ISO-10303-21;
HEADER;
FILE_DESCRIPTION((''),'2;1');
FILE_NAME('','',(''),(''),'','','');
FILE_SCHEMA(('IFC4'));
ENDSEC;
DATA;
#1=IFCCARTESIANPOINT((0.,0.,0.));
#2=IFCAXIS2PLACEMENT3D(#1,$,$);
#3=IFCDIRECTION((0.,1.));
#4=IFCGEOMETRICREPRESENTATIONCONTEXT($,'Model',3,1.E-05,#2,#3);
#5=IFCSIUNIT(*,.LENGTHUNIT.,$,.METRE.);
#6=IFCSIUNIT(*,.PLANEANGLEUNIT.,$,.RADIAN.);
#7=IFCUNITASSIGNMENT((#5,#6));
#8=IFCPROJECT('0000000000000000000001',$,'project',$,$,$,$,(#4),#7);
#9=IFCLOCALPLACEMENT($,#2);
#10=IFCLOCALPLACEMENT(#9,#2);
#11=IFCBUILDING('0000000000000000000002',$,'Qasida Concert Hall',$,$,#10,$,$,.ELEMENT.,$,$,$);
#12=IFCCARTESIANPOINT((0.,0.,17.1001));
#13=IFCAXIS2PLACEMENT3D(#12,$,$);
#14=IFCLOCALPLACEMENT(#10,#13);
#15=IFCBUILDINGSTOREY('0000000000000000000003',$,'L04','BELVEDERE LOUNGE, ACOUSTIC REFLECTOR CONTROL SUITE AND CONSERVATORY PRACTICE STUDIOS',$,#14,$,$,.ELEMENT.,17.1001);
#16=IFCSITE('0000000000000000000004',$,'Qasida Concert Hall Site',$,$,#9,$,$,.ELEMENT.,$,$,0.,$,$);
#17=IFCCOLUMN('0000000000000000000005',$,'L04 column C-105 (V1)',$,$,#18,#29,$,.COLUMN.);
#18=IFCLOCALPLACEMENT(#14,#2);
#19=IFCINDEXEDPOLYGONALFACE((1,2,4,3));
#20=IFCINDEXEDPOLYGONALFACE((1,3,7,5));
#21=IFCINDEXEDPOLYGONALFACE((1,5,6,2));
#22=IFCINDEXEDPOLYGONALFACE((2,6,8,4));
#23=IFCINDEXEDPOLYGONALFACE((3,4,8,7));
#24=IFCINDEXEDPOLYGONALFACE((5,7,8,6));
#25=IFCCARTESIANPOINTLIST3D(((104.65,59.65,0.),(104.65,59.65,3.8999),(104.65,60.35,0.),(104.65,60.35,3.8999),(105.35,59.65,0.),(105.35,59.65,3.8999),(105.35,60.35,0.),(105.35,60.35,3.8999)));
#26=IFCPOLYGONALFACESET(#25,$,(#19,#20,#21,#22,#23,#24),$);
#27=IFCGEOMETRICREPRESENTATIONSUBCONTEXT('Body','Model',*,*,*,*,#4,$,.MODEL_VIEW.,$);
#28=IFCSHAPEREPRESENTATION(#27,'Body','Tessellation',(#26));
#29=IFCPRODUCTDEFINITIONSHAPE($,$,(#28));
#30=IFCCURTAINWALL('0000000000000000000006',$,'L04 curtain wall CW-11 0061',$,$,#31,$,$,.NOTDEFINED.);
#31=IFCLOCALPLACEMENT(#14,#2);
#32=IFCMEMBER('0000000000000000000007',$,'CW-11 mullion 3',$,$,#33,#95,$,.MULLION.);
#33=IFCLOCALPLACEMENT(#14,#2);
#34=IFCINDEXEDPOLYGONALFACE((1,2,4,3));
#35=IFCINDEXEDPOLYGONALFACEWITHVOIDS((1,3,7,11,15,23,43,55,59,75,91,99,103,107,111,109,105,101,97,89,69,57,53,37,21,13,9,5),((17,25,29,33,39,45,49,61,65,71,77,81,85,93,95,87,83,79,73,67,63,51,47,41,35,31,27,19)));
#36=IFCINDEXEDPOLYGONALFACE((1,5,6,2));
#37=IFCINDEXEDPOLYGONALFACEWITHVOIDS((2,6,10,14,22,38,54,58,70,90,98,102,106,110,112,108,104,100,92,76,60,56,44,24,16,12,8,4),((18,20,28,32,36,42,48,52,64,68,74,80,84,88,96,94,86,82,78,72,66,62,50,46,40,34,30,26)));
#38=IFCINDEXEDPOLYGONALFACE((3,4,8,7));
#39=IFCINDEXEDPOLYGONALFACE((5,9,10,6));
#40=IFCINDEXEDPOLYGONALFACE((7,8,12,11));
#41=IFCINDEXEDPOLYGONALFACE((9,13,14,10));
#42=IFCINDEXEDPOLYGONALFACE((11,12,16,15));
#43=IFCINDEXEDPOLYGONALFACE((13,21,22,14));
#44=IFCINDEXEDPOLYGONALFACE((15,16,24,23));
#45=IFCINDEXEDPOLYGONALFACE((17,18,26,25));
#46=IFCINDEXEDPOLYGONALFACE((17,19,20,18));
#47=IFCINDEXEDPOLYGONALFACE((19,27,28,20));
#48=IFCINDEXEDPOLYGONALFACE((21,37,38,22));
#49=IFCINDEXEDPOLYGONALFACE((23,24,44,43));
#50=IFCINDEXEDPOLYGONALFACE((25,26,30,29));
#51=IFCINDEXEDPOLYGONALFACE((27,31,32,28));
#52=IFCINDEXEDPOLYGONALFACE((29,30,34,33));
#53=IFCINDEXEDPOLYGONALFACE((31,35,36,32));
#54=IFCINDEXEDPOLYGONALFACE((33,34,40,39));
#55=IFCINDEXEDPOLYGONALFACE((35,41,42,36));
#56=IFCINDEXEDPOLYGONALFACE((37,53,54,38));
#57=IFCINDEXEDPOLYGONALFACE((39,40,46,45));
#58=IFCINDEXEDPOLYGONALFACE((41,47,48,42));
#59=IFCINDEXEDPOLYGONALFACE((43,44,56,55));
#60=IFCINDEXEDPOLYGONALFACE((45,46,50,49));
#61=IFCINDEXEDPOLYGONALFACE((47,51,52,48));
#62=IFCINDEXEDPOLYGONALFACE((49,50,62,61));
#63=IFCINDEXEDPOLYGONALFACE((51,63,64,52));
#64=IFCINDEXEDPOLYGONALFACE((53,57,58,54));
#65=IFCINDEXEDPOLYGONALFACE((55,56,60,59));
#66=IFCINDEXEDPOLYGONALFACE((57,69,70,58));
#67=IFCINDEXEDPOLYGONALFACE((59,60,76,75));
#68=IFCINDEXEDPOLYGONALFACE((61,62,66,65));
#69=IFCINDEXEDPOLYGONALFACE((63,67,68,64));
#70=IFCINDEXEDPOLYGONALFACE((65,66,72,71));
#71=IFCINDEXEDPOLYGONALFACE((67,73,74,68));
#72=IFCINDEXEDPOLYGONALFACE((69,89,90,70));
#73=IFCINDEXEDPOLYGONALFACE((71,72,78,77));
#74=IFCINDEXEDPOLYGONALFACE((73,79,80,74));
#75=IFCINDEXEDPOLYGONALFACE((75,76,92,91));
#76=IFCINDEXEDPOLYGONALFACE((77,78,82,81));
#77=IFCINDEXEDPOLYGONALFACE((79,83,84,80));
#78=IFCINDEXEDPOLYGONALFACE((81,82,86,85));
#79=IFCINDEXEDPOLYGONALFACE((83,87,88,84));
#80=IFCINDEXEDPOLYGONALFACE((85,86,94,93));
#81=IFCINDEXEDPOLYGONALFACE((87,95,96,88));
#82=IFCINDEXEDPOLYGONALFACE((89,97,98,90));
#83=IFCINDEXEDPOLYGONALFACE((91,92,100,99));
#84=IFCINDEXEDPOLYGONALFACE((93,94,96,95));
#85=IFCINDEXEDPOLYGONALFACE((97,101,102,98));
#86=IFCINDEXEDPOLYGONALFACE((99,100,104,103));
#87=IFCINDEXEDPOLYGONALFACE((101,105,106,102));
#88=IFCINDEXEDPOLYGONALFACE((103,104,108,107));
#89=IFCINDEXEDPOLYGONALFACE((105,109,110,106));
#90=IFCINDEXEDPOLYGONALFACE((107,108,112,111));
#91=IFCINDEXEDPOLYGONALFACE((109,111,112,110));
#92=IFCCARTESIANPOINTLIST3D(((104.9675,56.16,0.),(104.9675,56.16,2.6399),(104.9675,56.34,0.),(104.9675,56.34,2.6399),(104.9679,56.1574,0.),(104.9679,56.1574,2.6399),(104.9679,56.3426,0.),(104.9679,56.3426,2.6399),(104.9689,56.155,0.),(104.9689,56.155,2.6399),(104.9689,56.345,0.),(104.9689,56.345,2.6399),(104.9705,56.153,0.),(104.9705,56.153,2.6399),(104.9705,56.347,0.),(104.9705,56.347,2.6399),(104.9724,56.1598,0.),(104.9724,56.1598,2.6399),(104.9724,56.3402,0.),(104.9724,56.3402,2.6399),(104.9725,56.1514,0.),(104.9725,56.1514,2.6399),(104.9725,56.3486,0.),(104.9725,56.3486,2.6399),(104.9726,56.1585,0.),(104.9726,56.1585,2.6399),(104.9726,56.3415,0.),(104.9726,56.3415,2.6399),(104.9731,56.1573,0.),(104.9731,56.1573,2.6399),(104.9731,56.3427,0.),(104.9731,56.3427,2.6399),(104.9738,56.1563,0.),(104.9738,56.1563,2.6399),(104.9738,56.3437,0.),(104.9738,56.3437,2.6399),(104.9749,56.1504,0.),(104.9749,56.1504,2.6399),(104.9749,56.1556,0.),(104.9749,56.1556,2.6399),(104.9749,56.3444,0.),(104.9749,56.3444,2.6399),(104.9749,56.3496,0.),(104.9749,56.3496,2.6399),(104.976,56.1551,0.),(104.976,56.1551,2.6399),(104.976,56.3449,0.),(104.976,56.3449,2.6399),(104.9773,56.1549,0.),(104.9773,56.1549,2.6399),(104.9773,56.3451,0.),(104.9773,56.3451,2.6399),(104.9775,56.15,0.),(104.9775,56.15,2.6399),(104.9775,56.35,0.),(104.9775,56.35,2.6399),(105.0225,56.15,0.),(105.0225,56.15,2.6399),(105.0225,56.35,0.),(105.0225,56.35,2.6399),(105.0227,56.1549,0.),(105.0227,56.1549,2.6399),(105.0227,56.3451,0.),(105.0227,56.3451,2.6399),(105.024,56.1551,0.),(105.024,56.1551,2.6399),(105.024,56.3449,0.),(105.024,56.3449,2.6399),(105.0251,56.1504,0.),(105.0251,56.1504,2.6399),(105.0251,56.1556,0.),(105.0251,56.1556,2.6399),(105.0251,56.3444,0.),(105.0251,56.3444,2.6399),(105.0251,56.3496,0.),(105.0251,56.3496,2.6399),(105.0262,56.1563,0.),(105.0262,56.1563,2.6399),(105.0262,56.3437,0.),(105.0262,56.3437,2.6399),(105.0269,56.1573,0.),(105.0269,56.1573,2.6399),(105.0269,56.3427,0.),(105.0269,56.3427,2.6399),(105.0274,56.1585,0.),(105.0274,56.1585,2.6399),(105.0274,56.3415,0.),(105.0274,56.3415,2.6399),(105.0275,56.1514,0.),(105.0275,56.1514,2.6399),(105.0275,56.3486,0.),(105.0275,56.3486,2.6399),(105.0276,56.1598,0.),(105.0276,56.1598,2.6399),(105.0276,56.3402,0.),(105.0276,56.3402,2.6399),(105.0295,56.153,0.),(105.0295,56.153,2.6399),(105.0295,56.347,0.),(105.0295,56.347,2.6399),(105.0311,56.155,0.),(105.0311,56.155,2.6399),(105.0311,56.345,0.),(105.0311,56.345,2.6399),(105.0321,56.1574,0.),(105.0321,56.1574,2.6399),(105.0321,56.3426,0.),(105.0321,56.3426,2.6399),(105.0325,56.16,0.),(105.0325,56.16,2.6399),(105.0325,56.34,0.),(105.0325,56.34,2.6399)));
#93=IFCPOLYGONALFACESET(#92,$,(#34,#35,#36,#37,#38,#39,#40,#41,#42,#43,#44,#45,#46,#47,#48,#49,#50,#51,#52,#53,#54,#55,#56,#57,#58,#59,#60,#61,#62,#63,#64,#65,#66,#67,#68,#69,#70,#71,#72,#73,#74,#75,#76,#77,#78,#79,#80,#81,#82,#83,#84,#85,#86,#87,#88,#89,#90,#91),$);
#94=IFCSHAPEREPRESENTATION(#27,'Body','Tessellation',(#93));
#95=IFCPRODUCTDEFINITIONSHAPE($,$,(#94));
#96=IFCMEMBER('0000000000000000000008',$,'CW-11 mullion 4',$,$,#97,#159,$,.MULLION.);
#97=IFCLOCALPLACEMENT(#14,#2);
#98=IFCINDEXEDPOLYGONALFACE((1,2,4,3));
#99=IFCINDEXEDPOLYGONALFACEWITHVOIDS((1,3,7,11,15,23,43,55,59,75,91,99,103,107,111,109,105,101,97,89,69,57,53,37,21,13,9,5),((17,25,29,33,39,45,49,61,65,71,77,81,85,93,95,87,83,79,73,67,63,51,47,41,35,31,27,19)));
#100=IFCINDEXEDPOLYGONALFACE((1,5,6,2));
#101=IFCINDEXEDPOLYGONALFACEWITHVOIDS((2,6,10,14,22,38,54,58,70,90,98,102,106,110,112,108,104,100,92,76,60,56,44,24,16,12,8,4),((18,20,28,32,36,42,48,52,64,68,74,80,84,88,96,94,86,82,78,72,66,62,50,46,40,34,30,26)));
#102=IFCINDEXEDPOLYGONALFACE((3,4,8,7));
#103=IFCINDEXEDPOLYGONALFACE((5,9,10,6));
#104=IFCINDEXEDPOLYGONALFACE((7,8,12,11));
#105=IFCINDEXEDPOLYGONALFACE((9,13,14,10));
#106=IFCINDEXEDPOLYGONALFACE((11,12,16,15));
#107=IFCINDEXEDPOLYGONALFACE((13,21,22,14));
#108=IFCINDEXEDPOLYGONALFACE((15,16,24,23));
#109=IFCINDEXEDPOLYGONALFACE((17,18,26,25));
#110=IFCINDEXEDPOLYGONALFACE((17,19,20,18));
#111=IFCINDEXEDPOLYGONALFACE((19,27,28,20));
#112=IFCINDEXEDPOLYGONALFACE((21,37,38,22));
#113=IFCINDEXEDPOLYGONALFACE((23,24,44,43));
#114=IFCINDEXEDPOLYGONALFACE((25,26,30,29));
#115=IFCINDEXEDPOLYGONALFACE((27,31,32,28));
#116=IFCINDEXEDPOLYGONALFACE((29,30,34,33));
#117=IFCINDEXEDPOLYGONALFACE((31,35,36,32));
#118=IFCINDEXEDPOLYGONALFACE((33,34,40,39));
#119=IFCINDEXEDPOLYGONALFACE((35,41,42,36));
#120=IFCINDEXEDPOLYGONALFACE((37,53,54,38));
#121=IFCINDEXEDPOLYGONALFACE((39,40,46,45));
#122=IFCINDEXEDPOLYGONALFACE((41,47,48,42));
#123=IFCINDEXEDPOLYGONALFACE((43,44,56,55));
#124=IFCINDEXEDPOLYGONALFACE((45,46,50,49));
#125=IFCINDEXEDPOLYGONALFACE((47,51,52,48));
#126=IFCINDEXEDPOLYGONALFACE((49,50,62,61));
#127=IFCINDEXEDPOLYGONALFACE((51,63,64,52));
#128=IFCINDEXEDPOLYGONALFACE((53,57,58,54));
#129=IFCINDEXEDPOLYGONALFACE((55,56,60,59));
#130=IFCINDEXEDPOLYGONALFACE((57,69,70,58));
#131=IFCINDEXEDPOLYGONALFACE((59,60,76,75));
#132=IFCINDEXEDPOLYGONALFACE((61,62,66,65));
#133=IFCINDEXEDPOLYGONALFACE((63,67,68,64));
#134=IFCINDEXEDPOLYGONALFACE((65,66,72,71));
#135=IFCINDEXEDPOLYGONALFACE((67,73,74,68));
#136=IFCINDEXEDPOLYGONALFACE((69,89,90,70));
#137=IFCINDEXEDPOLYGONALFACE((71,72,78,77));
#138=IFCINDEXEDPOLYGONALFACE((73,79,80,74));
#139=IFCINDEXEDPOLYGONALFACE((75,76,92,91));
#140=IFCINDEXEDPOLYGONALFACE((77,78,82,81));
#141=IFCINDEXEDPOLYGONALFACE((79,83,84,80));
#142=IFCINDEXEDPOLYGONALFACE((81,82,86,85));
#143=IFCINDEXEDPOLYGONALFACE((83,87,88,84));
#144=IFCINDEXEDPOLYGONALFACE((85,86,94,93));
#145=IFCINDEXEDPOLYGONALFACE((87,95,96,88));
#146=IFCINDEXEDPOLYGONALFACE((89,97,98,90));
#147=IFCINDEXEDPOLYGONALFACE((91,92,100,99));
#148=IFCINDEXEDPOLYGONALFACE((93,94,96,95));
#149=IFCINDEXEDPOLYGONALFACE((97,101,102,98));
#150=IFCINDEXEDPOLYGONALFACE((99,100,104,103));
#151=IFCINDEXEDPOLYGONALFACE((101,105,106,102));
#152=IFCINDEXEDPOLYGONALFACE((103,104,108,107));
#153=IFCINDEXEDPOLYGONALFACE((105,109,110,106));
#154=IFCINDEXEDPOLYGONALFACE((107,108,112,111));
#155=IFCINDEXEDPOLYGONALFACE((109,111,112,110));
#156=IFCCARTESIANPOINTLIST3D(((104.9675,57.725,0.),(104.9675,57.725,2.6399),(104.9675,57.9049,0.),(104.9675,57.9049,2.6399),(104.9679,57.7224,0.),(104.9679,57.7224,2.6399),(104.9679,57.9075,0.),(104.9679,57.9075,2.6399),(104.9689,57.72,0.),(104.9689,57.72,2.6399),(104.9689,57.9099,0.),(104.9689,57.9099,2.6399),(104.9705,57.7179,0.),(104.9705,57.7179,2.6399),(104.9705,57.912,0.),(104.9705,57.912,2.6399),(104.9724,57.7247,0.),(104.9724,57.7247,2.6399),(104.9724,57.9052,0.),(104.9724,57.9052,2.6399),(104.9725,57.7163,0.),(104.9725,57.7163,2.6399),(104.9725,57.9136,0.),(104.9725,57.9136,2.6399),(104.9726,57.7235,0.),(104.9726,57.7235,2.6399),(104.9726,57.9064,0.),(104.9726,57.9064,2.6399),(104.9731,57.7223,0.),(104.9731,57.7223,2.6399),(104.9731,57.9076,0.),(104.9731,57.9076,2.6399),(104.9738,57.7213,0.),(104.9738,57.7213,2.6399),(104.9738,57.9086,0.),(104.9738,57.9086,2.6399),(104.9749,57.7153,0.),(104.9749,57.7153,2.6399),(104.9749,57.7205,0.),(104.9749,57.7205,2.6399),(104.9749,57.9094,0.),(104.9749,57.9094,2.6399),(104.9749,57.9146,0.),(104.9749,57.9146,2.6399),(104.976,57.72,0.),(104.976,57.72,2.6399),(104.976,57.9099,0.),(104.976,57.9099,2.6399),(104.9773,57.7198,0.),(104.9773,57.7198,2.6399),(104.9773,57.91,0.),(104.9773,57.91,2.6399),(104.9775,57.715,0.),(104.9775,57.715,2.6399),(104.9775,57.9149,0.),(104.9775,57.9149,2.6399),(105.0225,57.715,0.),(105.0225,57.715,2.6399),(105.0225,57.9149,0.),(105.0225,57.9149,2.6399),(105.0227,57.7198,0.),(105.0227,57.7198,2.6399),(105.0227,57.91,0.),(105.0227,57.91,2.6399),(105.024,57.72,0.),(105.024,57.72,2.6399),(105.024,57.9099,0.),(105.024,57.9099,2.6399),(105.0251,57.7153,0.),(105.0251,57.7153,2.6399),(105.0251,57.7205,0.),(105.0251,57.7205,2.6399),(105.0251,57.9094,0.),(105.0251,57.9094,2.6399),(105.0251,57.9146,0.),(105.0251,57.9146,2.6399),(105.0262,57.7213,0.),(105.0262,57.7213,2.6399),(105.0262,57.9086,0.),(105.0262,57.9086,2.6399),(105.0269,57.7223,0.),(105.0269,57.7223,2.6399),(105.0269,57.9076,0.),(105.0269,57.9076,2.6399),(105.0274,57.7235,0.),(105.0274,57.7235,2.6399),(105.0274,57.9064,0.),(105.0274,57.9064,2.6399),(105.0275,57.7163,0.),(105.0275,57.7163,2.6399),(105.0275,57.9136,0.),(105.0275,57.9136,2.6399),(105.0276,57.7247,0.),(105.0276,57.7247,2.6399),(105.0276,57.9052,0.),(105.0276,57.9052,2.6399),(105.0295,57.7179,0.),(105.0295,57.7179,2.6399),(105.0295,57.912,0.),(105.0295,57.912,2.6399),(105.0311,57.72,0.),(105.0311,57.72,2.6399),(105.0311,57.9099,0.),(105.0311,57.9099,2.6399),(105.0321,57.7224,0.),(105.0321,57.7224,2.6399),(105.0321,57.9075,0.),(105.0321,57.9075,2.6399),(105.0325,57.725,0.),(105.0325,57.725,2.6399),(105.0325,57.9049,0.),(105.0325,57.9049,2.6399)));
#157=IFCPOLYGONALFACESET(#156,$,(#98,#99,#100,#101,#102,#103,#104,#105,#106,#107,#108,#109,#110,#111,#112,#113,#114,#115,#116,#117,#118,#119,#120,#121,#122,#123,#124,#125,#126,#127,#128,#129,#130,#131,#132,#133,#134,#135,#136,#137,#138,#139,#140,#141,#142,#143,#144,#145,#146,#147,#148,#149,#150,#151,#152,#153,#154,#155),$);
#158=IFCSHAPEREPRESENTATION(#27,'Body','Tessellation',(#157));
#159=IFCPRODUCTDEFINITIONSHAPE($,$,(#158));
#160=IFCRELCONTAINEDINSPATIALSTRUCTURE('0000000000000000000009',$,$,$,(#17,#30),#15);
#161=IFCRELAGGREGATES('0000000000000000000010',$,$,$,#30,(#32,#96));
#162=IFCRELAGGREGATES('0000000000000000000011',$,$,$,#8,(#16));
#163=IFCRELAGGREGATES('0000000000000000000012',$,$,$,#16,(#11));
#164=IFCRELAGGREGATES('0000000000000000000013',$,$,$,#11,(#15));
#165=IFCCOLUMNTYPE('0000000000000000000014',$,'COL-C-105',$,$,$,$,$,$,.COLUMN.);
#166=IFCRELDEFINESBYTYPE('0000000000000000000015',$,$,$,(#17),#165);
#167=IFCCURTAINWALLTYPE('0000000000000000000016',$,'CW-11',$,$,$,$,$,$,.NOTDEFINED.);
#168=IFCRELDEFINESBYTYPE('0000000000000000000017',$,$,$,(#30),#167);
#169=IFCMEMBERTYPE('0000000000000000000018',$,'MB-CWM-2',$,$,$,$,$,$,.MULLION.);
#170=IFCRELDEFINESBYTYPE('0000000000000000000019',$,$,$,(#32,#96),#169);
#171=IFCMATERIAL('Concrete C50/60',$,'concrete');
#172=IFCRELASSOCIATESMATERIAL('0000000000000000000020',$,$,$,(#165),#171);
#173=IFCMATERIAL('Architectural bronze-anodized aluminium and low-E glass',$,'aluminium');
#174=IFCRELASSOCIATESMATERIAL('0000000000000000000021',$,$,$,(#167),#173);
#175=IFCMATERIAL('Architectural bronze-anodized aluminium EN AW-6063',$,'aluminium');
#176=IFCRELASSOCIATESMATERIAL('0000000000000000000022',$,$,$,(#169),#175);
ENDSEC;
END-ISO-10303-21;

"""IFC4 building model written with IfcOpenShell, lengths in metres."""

from ifc_helpers import new_model, si_unit, direction, frame, origin, origin_2d, place, context, subcontext, project, spatial, rectangle, hollow_rectangle, extrude, material, material_profile, profile_set, type_object, element, aggregate, save


model = new_model("IFC4")

# Units and contexts
model_context = context("Model", 3, precision=1e-05, world=origin(), true_north=direction((0.0, 1.0)))
body_context = subcontext(model_context, "Body", "Model", "MODEL_VIEW")
ifc_project = project(units=[si_unit("LENGTHUNIT", "METRE"), si_unit("PLANEANGLEUNIT", "RADIAN")], contexts=[model_context])

# Site, building, storey
site_placement = place(None, origin())
site = spatial("IfcSite", under=ifc_project, at=site_placement, Name="Qasida Concert Hall Site", CompositionType="ELEMENT", RefElevation=0.0)
building_placement = place(site_placement, origin())
building = spatial("IfcBuilding", under=site, at=building_placement, Name="Qasida Concert Hall", CompositionType="ELEMENT")
storey_placement = place(building_placement, frame((0.0, 0.0, 17.1001)))
storey = spatial("IfcBuildingStorey", under=building, at=storey_placement, Name="L04", Description="BELVEDERE LOUNGE, ACOUSTIC REFLECTOR CONTROL SUITE AND CONSERVATORY PRACTICE STUDIOS", CompositionType="ELEMENT", Elevation=17.1001)

# Column
ifc_material_1 = material(Name="Concrete C50/60", Category="concrete")
ifc_material_profile_1 = material_profile(ifc_material_1, rectangle(XDim=0.7, YDim=0.7, at=origin_2d()), Name="RC 700x700")
ifc_profile_set_1 = profile_set([ifc_material_profile_1], Name="Concrete C50/60")
column_type = type_object("IfcColumnType", Name="COL-C-105", PredefinedType="COLUMN", material=ifc_profile_set_1)
column_placement = place(storey_placement, frame((105.0, 60.0, 0.0), z_axis=(0.0, 0.0, 1.0), x_axis=(1.0, 0.0, 0.0)))
element("IfcColumn", 1, at=column_placement, inside=storey, type_object=column_type, Name="L04 column C-105 (V1)", PredefinedType="COLUMN", context=body_context, shape_type="SweptSolid", body=[
    extrude(rectangle(XDim=0.7, YDim=0.7, at=origin_2d()), origin(), (0.0, 0.0, 1.0), 3.8999),
])

# Curtain wall, members
ifc_material_2 = material(Name="Architectural bronze-anodized aluminium and low-E glass", Category="aluminium")
curtain_wall_type = type_object("IfcCurtainWallType", Name="CW-11", PredefinedType="NOTDEFINED", material=ifc_material_2)
curtain_wall_placement = place(storey_placement, origin())
curtain_wall = element("IfcCurtainWall", 2, at=curtain_wall_placement, inside=storey, type_object=curtain_wall_type, Name="L04 curtain wall CW-11 0061", PredefinedType="NOTDEFINED")
ifc_material_3 = material(Name="Architectural bronze-anodized aluminium EN AW-6063", Category="aluminium")
ifc_material_profile_2 = material_profile(ifc_material_3, hollow_rectangle(XDim=0.0649, YDim=0.2, WallThickness=0.0049, InnerFilletRadius=0.0049, OuterFilletRadius=0.01, at=origin_2d()), Name="CWM 200x65x5")
ifc_profile_set_2 = profile_set([ifc_material_profile_2], Name="Architectural bronze-anodized aluminium EN AW-6063")
member_type_1 = type_object("IfcMemberType", Name="MB-CWM-2", PredefinedType="MULLION", material=ifc_profile_set_2)
member_1_placement = place(storey_placement, frame((105.0, 56.25, 0.0), z_axis=(0.0, 0.0, 1.0), x_axis=(-1.0, 0.0, 0.0)))
member_1 = element("IfcMember", 3, at=member_1_placement, type_object=member_type_1, Name="CW-11 mullion 3", PredefinedType="MULLION", context=body_context, shape_type="SweptSolid", body=[
    extrude(hollow_rectangle(XDim=0.0649, YDim=0.2, WallThickness=0.0049, InnerFilletRadius=0.0049, OuterFilletRadius=0.01, at=origin_2d()), origin(), (0.0, 0.0, 1.0), 2.6399),
])
member_2_placement = place(storey_placement, frame((105.0, 57.8149, 0.0), z_axis=(0.0, 0.0, 1.0), x_axis=(-1.0, 0.0, 0.0)))
member_2 = element("IfcMember", 4, at=member_2_placement, type_object=member_type_1, Name="CW-11 mullion 4", PredefinedType="MULLION", context=body_context, shape_type="SweptSolid", body=[
    extrude(hollow_rectangle(XDim=0.0649, YDim=0.2, WallThickness=0.0049, InnerFilletRadius=0.0049, OuterFilletRadius=0.01, at=origin_2d()), origin(), (0.0, 0.0, 1.0), 2.6399),
])
aggregate(curtain_wall, [member_1, member_2])

save(model, "model.ifc")
